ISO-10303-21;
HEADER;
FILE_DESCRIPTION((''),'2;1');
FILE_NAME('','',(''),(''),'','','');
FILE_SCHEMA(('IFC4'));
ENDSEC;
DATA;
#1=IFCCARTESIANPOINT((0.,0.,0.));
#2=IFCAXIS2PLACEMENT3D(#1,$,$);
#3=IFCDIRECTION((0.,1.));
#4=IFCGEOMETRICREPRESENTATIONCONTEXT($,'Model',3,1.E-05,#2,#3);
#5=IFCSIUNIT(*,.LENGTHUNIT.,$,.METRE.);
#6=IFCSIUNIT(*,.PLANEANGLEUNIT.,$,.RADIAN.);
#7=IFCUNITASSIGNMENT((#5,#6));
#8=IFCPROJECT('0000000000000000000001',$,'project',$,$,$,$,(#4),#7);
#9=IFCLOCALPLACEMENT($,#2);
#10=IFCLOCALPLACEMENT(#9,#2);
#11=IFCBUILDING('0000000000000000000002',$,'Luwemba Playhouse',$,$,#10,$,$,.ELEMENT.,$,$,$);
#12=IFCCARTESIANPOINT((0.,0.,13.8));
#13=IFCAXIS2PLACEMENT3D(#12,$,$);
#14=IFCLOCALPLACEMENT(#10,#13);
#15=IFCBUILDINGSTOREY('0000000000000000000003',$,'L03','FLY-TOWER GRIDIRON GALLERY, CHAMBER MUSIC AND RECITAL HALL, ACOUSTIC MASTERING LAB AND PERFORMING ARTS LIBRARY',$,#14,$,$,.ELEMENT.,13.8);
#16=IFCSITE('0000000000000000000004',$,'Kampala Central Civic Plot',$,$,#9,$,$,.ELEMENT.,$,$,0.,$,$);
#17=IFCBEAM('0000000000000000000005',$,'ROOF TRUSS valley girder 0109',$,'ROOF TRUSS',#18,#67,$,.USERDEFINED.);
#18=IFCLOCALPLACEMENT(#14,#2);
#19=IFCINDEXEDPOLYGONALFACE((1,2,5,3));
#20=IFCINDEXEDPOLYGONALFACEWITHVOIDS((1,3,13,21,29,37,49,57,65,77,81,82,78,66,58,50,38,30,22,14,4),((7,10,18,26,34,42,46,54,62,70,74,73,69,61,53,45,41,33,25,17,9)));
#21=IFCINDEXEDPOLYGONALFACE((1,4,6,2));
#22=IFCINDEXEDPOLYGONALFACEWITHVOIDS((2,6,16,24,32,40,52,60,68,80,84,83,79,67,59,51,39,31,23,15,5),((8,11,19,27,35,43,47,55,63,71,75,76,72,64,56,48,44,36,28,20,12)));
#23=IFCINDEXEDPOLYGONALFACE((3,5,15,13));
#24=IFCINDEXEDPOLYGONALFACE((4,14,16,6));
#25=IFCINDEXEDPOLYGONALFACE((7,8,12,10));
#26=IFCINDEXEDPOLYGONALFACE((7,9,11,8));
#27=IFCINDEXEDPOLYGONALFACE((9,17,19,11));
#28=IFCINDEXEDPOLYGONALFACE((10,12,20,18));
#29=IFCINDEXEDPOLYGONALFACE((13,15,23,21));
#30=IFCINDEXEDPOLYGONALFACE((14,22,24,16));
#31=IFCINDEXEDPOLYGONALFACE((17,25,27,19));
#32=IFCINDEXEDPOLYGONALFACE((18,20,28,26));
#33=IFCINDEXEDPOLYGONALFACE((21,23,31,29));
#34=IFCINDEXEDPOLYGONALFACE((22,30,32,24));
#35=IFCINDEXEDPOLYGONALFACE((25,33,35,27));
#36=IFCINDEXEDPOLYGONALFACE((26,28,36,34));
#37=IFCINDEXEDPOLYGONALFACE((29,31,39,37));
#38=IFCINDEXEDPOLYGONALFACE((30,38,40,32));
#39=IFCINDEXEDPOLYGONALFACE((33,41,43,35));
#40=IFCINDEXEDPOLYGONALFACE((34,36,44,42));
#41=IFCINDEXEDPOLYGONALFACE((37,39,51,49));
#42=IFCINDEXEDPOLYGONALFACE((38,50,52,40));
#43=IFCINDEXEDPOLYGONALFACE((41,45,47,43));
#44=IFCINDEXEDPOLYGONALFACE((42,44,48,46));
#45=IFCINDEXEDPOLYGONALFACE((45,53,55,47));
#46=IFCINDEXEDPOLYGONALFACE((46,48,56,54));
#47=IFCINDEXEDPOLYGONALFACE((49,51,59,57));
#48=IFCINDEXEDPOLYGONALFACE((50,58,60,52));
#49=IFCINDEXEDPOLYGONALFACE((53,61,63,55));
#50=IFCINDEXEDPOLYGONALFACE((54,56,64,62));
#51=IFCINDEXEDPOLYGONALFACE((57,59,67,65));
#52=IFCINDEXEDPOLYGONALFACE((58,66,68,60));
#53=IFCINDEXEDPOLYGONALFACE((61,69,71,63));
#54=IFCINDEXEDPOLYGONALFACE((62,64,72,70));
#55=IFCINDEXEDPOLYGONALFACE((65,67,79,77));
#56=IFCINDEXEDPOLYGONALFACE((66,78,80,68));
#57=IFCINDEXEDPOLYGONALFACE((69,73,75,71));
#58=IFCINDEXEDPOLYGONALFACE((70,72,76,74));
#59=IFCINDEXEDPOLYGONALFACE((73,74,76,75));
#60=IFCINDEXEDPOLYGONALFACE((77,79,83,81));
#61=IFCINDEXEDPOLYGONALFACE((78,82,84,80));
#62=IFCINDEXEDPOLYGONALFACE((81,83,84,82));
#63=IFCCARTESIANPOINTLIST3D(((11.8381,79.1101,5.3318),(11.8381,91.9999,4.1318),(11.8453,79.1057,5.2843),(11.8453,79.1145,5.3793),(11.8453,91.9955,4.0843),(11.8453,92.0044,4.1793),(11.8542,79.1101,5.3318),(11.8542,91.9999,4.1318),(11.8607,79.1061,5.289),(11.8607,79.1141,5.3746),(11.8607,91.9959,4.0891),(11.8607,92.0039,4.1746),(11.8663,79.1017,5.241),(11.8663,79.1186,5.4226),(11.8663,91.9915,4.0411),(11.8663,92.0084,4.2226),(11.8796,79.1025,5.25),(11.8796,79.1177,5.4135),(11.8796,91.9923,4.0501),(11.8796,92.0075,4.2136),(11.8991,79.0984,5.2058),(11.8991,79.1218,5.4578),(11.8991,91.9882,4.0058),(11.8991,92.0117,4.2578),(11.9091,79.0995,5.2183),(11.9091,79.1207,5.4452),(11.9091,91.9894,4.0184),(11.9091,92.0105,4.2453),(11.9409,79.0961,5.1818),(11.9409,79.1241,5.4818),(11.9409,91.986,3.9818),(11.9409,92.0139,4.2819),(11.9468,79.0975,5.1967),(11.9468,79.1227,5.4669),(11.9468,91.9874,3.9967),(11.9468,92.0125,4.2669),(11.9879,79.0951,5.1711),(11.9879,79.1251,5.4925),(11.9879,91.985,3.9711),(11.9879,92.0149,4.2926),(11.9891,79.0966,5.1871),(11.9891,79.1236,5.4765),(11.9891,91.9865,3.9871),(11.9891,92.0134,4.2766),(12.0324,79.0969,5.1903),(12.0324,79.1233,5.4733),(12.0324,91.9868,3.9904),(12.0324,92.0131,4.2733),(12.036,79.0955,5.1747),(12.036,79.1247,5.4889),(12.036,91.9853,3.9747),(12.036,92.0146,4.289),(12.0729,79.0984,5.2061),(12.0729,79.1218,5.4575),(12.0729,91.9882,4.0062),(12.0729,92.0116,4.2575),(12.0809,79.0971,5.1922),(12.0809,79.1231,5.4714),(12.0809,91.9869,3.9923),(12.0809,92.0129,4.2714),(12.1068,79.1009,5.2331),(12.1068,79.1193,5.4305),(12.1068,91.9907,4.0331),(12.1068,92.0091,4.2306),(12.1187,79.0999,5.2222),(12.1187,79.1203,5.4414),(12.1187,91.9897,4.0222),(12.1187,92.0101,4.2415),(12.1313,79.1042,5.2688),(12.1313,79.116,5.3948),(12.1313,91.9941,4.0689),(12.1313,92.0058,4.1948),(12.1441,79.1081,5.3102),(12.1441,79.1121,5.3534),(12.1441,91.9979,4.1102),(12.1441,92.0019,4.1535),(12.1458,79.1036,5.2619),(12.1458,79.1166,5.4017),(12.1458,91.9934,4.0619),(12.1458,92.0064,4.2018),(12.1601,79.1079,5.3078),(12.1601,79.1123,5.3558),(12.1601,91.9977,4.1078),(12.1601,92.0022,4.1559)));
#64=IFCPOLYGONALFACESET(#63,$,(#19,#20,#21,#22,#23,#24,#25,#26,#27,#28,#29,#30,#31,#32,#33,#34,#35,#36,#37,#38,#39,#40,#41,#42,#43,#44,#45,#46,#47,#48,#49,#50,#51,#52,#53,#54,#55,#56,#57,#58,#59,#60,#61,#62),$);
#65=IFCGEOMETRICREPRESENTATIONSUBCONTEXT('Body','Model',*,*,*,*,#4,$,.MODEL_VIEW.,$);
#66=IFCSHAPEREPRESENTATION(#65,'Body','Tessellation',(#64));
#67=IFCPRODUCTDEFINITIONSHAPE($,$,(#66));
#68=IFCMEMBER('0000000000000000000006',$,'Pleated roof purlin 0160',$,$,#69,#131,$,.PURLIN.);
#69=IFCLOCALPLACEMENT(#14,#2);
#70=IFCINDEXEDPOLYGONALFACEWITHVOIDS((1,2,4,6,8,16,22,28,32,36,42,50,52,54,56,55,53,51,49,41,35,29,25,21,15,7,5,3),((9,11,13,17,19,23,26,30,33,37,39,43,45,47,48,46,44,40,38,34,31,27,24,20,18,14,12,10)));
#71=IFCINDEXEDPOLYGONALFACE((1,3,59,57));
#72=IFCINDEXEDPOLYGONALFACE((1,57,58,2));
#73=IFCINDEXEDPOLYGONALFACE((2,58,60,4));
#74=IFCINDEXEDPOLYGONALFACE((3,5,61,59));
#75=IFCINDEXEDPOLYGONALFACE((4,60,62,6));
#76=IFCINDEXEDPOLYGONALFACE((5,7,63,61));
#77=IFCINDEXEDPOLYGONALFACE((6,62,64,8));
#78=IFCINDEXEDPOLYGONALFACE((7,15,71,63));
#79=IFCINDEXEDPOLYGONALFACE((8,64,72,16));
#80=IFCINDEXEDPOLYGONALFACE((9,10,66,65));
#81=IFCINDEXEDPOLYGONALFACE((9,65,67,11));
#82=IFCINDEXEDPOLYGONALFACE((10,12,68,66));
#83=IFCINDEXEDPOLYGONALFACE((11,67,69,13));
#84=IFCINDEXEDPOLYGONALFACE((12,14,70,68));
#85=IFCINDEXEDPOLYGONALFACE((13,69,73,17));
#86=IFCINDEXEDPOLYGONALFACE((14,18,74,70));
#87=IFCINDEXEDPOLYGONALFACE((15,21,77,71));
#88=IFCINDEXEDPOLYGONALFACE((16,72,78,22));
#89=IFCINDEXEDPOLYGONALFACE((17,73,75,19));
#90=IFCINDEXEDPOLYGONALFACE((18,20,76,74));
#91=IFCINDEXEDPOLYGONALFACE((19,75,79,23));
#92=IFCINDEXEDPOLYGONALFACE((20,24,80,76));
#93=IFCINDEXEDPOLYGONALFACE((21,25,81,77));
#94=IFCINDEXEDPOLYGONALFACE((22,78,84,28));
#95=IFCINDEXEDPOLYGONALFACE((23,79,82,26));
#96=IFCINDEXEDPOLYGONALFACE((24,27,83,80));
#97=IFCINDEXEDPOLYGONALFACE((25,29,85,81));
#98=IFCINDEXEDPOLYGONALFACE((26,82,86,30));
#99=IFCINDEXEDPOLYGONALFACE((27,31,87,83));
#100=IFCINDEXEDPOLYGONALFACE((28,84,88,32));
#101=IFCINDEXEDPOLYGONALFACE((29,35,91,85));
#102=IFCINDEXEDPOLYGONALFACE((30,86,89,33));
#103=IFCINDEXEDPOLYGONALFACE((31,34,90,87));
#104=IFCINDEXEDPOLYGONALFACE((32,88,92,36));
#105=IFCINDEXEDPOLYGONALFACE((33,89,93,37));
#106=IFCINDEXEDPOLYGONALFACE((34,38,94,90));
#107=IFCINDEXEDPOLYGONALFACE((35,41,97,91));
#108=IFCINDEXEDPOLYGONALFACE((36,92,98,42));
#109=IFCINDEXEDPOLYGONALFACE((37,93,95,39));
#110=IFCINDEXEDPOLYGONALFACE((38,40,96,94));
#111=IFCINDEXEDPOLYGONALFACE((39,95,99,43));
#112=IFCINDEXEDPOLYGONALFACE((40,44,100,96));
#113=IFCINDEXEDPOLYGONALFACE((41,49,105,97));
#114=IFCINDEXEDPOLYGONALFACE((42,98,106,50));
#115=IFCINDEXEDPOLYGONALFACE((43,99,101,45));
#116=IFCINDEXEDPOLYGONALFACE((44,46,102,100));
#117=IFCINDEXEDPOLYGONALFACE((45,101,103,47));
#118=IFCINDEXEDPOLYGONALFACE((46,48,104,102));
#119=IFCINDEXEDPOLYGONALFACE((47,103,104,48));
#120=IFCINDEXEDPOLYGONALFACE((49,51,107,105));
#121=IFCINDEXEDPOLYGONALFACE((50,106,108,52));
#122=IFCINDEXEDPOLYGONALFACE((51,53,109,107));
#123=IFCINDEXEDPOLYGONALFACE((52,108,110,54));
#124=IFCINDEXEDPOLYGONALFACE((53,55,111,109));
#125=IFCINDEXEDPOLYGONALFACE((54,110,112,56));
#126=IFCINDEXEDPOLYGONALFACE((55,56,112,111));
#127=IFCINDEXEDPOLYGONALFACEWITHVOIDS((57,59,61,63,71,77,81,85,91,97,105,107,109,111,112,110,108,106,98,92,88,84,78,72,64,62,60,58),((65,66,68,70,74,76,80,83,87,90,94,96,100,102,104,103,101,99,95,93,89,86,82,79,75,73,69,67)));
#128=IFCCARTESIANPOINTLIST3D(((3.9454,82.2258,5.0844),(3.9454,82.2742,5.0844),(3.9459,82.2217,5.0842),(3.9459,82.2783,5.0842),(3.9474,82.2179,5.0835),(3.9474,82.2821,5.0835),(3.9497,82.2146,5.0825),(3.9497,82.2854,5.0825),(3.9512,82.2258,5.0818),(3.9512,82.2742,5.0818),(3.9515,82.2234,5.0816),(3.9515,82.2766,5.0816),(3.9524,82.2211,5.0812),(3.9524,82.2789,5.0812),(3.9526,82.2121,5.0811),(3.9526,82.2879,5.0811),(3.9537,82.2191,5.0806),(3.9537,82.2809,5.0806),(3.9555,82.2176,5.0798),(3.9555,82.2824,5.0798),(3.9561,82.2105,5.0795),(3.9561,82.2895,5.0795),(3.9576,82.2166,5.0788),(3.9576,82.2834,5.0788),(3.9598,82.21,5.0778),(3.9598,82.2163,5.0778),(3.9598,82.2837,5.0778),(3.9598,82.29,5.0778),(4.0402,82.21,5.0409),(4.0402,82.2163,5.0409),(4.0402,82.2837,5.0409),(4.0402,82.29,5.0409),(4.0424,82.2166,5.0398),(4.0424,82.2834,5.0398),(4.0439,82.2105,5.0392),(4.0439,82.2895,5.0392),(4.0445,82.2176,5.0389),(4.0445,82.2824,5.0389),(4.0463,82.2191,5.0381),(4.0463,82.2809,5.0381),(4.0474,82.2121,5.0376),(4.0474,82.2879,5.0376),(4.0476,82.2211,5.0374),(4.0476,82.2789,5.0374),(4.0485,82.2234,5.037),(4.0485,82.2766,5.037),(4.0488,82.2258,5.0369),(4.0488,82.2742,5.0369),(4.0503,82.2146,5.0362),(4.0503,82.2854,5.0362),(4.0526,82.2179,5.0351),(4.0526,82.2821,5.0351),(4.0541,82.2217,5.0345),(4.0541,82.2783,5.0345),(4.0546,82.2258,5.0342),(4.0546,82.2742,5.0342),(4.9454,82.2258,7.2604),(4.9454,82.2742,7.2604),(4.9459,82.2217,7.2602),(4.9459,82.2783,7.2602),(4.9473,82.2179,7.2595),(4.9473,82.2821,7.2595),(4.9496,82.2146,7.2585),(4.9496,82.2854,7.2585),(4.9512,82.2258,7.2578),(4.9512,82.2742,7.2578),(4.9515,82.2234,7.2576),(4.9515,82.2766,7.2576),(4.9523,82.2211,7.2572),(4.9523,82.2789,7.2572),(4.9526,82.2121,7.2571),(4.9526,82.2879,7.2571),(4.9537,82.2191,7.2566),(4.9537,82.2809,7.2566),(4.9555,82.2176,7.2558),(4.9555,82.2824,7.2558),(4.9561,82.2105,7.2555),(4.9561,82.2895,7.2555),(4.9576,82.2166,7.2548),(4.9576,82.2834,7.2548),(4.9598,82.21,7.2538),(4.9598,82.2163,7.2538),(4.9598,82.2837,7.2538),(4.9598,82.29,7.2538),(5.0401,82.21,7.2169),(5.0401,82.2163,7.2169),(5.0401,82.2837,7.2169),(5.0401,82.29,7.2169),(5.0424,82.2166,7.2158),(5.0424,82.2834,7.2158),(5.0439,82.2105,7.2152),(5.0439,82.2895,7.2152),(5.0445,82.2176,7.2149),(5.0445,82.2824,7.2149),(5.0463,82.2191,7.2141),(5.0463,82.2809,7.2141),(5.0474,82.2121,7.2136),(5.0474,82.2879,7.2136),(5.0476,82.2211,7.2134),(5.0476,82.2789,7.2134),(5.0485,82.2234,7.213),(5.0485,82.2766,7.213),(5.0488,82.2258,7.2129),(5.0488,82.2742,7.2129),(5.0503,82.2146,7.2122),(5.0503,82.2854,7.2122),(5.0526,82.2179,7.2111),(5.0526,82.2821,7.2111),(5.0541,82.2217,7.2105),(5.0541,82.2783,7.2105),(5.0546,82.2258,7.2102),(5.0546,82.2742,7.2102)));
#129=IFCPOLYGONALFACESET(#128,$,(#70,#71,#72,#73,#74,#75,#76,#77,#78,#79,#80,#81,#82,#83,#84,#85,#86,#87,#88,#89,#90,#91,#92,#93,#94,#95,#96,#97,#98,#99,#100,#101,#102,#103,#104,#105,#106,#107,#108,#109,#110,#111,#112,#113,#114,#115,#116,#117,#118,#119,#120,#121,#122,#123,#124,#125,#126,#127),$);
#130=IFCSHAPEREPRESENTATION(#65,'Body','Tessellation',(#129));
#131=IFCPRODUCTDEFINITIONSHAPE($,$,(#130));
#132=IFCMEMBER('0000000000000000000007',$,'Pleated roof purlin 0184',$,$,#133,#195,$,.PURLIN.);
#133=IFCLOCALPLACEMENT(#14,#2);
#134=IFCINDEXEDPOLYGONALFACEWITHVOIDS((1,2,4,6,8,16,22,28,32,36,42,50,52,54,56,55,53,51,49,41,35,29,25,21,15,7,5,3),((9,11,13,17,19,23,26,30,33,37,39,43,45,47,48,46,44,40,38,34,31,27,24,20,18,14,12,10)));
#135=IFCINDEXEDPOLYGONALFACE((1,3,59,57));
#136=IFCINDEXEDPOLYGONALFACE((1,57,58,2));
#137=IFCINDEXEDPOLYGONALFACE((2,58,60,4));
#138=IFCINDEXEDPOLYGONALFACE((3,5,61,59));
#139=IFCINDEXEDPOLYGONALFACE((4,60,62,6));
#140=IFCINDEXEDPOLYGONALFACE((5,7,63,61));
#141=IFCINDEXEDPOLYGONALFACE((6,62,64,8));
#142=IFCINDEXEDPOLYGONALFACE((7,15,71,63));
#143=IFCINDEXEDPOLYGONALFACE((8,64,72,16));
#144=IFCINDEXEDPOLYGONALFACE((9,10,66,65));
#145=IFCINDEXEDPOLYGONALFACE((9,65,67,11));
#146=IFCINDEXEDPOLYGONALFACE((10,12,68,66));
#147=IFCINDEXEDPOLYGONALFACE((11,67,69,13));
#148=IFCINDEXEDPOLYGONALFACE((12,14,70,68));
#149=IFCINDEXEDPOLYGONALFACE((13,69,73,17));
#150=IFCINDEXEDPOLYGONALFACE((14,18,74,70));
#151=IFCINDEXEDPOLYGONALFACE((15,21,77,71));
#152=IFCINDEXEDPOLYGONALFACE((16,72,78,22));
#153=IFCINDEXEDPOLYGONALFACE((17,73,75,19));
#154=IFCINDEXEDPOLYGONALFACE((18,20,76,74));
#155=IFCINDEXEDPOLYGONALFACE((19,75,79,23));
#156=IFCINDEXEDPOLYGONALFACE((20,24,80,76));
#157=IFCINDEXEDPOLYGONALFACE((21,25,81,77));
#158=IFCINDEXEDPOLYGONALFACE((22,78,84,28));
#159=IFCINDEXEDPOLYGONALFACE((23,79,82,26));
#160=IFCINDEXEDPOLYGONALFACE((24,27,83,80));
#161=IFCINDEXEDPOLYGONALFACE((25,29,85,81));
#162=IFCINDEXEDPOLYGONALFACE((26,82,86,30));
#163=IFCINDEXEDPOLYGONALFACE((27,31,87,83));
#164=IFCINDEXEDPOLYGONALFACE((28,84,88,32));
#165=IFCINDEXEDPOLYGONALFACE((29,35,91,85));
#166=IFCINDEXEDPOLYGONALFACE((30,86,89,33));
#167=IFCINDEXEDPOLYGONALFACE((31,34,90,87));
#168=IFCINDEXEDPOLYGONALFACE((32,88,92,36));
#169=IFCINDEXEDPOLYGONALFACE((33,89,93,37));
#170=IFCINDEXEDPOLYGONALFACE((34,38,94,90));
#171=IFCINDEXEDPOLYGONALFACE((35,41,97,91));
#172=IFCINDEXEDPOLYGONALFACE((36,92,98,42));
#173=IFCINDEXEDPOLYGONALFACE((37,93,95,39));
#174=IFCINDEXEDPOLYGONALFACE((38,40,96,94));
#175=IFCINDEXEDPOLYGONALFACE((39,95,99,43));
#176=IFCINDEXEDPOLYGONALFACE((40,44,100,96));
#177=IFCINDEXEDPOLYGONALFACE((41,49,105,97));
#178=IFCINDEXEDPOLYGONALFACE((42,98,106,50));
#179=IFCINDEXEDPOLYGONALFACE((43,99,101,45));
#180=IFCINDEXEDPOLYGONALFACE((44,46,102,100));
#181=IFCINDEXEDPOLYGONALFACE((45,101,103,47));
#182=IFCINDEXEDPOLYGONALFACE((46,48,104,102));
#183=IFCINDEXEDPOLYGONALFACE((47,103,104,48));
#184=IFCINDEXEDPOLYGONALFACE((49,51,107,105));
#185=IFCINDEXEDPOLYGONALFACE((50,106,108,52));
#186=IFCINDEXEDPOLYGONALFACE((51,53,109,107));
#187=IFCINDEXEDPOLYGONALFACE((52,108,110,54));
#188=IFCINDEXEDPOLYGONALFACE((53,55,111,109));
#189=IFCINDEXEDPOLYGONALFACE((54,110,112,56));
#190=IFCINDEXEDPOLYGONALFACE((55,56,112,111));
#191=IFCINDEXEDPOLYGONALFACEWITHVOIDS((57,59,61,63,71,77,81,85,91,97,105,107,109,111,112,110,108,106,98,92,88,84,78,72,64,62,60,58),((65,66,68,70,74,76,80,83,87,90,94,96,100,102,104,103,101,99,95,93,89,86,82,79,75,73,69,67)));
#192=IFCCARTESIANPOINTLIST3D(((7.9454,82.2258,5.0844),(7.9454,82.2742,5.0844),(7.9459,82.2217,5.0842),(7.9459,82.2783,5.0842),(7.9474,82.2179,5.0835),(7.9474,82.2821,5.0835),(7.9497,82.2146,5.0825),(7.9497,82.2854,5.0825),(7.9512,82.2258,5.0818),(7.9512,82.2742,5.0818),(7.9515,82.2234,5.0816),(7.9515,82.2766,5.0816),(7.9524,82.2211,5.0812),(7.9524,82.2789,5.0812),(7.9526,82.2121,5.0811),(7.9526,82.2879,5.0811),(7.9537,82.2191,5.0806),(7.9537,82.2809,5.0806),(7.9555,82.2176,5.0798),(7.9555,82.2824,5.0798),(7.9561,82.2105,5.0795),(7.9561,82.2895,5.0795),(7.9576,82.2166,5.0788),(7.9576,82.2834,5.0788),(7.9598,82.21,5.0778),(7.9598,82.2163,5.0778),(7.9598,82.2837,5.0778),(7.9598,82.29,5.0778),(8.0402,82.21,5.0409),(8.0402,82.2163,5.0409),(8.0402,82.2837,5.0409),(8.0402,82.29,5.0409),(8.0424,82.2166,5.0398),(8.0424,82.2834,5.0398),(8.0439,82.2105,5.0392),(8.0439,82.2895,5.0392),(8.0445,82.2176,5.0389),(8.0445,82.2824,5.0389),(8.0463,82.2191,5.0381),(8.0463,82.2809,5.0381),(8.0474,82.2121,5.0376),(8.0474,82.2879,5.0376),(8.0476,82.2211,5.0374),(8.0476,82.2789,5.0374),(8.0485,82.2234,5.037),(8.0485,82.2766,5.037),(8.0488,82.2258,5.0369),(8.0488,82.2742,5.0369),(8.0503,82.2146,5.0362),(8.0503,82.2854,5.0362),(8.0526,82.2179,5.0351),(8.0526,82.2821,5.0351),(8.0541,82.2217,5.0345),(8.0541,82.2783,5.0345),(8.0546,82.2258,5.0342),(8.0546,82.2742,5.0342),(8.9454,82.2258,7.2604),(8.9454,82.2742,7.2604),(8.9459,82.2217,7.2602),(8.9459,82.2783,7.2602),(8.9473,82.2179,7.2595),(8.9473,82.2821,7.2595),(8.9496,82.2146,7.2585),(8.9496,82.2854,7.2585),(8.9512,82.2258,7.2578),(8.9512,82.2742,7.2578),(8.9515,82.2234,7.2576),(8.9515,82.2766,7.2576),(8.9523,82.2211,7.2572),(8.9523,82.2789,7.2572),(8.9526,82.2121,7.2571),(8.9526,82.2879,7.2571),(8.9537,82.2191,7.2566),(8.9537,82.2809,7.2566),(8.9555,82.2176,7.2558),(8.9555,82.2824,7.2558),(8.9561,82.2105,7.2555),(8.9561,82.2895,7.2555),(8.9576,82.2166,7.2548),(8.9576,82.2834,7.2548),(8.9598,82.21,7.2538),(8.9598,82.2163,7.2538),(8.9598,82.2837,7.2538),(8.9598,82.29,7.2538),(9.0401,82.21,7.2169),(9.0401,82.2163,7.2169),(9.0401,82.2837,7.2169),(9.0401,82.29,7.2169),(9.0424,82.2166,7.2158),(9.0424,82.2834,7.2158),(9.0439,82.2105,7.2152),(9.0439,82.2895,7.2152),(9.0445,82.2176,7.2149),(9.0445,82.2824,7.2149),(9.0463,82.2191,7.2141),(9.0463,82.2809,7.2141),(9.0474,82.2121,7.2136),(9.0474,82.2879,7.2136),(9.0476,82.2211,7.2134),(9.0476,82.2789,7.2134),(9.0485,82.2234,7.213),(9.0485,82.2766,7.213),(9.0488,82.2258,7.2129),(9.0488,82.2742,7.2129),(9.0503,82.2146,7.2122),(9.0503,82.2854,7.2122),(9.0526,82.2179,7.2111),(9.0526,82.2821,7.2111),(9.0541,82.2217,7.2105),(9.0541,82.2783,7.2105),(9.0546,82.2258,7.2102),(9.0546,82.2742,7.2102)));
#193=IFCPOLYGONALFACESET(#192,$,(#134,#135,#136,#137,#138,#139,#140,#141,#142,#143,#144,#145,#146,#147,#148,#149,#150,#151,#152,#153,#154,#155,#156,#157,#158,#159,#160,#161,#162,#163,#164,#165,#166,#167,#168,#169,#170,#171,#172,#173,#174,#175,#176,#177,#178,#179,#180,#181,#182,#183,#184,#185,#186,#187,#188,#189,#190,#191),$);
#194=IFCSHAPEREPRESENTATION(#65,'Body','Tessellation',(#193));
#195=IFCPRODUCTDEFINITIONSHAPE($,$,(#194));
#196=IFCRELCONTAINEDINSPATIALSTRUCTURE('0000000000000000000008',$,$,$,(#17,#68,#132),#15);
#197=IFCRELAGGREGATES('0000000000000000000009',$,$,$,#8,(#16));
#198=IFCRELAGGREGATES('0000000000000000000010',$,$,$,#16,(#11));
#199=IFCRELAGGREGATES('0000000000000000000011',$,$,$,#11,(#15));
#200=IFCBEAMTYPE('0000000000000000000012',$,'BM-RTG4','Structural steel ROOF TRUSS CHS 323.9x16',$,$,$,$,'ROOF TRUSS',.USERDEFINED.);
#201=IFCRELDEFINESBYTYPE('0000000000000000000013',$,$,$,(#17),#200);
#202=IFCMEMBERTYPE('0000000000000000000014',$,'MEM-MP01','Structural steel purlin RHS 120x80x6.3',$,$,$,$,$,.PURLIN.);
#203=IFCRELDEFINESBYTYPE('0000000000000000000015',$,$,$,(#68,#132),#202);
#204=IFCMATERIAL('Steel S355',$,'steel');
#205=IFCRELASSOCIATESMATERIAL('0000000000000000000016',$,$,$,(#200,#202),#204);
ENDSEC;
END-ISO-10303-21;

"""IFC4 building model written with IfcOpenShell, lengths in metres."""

from ifc_helpers import new_model, si_unit, direction, frame, origin, origin_2d, place, context, subcontext, project, spatial, hollow_rectangle, hollow_circle, extrude, material, material_profile, profile_set, type_object, element, save


model = new_model("IFC4")

# Units and contexts
model_context = context("Model", 3, precision=1e-05, world=origin(), true_north=direction((0.0, 1.0)))
body_context = subcontext(model_context, "Body", "Model", "MODEL_VIEW")
ifc_project = project(units=[si_unit("LENGTHUNIT", "METRE"), si_unit("PLANEANGLEUNIT", "RADIAN")], contexts=[model_context])

# Site, building, storey
site_placement = place(None, origin())
site = spatial("IfcSite", under=ifc_project, at=site_placement, Name="Kampala Central Civic Plot", CompositionType="ELEMENT", RefElevation=0.0)
building_placement = place(site_placement, origin())
building = spatial("IfcBuilding", under=site, at=building_placement, Name="Luwemba Playhouse", CompositionType="ELEMENT")
storey_placement = place(building_placement, frame((0.0, 0.0, 13.8)))
storey = spatial("IfcBuildingStorey", under=building, at=storey_placement, Name="L03", Description="FLY-TOWER GRIDIRON GALLERY, CHAMBER MUSIC AND RECITAL HALL, ACOUSTIC MASTERING LAB AND PERFORMING ARTS LIBRARY", CompositionType="ELEMENT", Elevation=13.8)

# Beam
ifc_material_1 = material(Name="Steel S355", Category="steel")
ifc_material_profile_1 = material_profile(ifc_material_1, hollow_circle(Radius=0.1619, WallThickness=0.0161, at=origin_2d()))
ifc_profile_set_1 = profile_set([ifc_material_profile_1], Name="Steel S355")
beam_type_1 = type_object("IfcBeamType", Name="BM-RTG4", Description="Structural steel ROOF TRUSS CHS 323.9x16", ElementType="ROOF TRUSS", PredefinedType="USERDEFINED", material=ifc_profile_set_1)
for number, where, z_axis, x_axis, name in (
    (1, (12.0, 79.1101, 5.3318), (0.0, 0.995695, -0.092692), (-1.0, 0.0, 0.0), "ROOF TRUSS valley girder 0109"),
):
    element("IfcBeam", number, at=place(storey_placement, frame(where, z_axis=z_axis, x_axis=x_axis)), inside=storey, type_object=beam_type_1, Name=name, ObjectType="ROOF TRUSS", PredefinedType="USERDEFINED", context=body_context, shape_type="SweptSolid", body=[
        extrude(hollow_circle(Radius=0.1619, WallThickness=0.0161, at=origin_2d()), origin(), (0.0, 0.0, 1.0), 12.9456),
    ])

# Members
ifc_material_profile_2 = material_profile(ifc_material_1, hollow_rectangle(XDim=0.0801, YDim=0.1201, WallThickness=0.0063, InnerFilletRadius=0.0095, OuterFilletRadius=0.0159, at=origin_2d()))
ifc_profile_set_2 = profile_set([ifc_material_profile_2], Name="Steel S355")
member_type_1 = type_object("IfcMemberType", Name="MEM-MP01", Description="Structural steel purlin RHS 120x80x6.3", PredefinedType="PURLIN", material=ifc_profile_set_2)
for number, where, z_axis, x_axis, name in (
    (2, (4.0, 82.25, 5.0593), (0.417571, 0.0, 0.908644), (0.0, 1.0, 0.0), "Pleated roof purlin 0160"),
    (3, (8.0, 82.25, 5.0593), (0.417571, 0.0, 0.908644), (0.0, 1.0, 0.0), "Pleated roof purlin 0184"),
):
    element("IfcMember", number, at=place(storey_placement, frame(where, z_axis=z_axis, x_axis=x_axis)), inside=storey, type_object=member_type_1, Name=name, PredefinedType="PURLIN", context=body_context, shape_type="SweptSolid", body=[
        extrude(hollow_rectangle(XDim=0.0801, YDim=0.1201, WallThickness=0.0063, InnerFilletRadius=0.0095, OuterFilletRadius=0.0159, at=origin_2d()), origin(), (0.0, 0.0, 1.0), 2.3948),
    ])

save(model, "model.ifc")
